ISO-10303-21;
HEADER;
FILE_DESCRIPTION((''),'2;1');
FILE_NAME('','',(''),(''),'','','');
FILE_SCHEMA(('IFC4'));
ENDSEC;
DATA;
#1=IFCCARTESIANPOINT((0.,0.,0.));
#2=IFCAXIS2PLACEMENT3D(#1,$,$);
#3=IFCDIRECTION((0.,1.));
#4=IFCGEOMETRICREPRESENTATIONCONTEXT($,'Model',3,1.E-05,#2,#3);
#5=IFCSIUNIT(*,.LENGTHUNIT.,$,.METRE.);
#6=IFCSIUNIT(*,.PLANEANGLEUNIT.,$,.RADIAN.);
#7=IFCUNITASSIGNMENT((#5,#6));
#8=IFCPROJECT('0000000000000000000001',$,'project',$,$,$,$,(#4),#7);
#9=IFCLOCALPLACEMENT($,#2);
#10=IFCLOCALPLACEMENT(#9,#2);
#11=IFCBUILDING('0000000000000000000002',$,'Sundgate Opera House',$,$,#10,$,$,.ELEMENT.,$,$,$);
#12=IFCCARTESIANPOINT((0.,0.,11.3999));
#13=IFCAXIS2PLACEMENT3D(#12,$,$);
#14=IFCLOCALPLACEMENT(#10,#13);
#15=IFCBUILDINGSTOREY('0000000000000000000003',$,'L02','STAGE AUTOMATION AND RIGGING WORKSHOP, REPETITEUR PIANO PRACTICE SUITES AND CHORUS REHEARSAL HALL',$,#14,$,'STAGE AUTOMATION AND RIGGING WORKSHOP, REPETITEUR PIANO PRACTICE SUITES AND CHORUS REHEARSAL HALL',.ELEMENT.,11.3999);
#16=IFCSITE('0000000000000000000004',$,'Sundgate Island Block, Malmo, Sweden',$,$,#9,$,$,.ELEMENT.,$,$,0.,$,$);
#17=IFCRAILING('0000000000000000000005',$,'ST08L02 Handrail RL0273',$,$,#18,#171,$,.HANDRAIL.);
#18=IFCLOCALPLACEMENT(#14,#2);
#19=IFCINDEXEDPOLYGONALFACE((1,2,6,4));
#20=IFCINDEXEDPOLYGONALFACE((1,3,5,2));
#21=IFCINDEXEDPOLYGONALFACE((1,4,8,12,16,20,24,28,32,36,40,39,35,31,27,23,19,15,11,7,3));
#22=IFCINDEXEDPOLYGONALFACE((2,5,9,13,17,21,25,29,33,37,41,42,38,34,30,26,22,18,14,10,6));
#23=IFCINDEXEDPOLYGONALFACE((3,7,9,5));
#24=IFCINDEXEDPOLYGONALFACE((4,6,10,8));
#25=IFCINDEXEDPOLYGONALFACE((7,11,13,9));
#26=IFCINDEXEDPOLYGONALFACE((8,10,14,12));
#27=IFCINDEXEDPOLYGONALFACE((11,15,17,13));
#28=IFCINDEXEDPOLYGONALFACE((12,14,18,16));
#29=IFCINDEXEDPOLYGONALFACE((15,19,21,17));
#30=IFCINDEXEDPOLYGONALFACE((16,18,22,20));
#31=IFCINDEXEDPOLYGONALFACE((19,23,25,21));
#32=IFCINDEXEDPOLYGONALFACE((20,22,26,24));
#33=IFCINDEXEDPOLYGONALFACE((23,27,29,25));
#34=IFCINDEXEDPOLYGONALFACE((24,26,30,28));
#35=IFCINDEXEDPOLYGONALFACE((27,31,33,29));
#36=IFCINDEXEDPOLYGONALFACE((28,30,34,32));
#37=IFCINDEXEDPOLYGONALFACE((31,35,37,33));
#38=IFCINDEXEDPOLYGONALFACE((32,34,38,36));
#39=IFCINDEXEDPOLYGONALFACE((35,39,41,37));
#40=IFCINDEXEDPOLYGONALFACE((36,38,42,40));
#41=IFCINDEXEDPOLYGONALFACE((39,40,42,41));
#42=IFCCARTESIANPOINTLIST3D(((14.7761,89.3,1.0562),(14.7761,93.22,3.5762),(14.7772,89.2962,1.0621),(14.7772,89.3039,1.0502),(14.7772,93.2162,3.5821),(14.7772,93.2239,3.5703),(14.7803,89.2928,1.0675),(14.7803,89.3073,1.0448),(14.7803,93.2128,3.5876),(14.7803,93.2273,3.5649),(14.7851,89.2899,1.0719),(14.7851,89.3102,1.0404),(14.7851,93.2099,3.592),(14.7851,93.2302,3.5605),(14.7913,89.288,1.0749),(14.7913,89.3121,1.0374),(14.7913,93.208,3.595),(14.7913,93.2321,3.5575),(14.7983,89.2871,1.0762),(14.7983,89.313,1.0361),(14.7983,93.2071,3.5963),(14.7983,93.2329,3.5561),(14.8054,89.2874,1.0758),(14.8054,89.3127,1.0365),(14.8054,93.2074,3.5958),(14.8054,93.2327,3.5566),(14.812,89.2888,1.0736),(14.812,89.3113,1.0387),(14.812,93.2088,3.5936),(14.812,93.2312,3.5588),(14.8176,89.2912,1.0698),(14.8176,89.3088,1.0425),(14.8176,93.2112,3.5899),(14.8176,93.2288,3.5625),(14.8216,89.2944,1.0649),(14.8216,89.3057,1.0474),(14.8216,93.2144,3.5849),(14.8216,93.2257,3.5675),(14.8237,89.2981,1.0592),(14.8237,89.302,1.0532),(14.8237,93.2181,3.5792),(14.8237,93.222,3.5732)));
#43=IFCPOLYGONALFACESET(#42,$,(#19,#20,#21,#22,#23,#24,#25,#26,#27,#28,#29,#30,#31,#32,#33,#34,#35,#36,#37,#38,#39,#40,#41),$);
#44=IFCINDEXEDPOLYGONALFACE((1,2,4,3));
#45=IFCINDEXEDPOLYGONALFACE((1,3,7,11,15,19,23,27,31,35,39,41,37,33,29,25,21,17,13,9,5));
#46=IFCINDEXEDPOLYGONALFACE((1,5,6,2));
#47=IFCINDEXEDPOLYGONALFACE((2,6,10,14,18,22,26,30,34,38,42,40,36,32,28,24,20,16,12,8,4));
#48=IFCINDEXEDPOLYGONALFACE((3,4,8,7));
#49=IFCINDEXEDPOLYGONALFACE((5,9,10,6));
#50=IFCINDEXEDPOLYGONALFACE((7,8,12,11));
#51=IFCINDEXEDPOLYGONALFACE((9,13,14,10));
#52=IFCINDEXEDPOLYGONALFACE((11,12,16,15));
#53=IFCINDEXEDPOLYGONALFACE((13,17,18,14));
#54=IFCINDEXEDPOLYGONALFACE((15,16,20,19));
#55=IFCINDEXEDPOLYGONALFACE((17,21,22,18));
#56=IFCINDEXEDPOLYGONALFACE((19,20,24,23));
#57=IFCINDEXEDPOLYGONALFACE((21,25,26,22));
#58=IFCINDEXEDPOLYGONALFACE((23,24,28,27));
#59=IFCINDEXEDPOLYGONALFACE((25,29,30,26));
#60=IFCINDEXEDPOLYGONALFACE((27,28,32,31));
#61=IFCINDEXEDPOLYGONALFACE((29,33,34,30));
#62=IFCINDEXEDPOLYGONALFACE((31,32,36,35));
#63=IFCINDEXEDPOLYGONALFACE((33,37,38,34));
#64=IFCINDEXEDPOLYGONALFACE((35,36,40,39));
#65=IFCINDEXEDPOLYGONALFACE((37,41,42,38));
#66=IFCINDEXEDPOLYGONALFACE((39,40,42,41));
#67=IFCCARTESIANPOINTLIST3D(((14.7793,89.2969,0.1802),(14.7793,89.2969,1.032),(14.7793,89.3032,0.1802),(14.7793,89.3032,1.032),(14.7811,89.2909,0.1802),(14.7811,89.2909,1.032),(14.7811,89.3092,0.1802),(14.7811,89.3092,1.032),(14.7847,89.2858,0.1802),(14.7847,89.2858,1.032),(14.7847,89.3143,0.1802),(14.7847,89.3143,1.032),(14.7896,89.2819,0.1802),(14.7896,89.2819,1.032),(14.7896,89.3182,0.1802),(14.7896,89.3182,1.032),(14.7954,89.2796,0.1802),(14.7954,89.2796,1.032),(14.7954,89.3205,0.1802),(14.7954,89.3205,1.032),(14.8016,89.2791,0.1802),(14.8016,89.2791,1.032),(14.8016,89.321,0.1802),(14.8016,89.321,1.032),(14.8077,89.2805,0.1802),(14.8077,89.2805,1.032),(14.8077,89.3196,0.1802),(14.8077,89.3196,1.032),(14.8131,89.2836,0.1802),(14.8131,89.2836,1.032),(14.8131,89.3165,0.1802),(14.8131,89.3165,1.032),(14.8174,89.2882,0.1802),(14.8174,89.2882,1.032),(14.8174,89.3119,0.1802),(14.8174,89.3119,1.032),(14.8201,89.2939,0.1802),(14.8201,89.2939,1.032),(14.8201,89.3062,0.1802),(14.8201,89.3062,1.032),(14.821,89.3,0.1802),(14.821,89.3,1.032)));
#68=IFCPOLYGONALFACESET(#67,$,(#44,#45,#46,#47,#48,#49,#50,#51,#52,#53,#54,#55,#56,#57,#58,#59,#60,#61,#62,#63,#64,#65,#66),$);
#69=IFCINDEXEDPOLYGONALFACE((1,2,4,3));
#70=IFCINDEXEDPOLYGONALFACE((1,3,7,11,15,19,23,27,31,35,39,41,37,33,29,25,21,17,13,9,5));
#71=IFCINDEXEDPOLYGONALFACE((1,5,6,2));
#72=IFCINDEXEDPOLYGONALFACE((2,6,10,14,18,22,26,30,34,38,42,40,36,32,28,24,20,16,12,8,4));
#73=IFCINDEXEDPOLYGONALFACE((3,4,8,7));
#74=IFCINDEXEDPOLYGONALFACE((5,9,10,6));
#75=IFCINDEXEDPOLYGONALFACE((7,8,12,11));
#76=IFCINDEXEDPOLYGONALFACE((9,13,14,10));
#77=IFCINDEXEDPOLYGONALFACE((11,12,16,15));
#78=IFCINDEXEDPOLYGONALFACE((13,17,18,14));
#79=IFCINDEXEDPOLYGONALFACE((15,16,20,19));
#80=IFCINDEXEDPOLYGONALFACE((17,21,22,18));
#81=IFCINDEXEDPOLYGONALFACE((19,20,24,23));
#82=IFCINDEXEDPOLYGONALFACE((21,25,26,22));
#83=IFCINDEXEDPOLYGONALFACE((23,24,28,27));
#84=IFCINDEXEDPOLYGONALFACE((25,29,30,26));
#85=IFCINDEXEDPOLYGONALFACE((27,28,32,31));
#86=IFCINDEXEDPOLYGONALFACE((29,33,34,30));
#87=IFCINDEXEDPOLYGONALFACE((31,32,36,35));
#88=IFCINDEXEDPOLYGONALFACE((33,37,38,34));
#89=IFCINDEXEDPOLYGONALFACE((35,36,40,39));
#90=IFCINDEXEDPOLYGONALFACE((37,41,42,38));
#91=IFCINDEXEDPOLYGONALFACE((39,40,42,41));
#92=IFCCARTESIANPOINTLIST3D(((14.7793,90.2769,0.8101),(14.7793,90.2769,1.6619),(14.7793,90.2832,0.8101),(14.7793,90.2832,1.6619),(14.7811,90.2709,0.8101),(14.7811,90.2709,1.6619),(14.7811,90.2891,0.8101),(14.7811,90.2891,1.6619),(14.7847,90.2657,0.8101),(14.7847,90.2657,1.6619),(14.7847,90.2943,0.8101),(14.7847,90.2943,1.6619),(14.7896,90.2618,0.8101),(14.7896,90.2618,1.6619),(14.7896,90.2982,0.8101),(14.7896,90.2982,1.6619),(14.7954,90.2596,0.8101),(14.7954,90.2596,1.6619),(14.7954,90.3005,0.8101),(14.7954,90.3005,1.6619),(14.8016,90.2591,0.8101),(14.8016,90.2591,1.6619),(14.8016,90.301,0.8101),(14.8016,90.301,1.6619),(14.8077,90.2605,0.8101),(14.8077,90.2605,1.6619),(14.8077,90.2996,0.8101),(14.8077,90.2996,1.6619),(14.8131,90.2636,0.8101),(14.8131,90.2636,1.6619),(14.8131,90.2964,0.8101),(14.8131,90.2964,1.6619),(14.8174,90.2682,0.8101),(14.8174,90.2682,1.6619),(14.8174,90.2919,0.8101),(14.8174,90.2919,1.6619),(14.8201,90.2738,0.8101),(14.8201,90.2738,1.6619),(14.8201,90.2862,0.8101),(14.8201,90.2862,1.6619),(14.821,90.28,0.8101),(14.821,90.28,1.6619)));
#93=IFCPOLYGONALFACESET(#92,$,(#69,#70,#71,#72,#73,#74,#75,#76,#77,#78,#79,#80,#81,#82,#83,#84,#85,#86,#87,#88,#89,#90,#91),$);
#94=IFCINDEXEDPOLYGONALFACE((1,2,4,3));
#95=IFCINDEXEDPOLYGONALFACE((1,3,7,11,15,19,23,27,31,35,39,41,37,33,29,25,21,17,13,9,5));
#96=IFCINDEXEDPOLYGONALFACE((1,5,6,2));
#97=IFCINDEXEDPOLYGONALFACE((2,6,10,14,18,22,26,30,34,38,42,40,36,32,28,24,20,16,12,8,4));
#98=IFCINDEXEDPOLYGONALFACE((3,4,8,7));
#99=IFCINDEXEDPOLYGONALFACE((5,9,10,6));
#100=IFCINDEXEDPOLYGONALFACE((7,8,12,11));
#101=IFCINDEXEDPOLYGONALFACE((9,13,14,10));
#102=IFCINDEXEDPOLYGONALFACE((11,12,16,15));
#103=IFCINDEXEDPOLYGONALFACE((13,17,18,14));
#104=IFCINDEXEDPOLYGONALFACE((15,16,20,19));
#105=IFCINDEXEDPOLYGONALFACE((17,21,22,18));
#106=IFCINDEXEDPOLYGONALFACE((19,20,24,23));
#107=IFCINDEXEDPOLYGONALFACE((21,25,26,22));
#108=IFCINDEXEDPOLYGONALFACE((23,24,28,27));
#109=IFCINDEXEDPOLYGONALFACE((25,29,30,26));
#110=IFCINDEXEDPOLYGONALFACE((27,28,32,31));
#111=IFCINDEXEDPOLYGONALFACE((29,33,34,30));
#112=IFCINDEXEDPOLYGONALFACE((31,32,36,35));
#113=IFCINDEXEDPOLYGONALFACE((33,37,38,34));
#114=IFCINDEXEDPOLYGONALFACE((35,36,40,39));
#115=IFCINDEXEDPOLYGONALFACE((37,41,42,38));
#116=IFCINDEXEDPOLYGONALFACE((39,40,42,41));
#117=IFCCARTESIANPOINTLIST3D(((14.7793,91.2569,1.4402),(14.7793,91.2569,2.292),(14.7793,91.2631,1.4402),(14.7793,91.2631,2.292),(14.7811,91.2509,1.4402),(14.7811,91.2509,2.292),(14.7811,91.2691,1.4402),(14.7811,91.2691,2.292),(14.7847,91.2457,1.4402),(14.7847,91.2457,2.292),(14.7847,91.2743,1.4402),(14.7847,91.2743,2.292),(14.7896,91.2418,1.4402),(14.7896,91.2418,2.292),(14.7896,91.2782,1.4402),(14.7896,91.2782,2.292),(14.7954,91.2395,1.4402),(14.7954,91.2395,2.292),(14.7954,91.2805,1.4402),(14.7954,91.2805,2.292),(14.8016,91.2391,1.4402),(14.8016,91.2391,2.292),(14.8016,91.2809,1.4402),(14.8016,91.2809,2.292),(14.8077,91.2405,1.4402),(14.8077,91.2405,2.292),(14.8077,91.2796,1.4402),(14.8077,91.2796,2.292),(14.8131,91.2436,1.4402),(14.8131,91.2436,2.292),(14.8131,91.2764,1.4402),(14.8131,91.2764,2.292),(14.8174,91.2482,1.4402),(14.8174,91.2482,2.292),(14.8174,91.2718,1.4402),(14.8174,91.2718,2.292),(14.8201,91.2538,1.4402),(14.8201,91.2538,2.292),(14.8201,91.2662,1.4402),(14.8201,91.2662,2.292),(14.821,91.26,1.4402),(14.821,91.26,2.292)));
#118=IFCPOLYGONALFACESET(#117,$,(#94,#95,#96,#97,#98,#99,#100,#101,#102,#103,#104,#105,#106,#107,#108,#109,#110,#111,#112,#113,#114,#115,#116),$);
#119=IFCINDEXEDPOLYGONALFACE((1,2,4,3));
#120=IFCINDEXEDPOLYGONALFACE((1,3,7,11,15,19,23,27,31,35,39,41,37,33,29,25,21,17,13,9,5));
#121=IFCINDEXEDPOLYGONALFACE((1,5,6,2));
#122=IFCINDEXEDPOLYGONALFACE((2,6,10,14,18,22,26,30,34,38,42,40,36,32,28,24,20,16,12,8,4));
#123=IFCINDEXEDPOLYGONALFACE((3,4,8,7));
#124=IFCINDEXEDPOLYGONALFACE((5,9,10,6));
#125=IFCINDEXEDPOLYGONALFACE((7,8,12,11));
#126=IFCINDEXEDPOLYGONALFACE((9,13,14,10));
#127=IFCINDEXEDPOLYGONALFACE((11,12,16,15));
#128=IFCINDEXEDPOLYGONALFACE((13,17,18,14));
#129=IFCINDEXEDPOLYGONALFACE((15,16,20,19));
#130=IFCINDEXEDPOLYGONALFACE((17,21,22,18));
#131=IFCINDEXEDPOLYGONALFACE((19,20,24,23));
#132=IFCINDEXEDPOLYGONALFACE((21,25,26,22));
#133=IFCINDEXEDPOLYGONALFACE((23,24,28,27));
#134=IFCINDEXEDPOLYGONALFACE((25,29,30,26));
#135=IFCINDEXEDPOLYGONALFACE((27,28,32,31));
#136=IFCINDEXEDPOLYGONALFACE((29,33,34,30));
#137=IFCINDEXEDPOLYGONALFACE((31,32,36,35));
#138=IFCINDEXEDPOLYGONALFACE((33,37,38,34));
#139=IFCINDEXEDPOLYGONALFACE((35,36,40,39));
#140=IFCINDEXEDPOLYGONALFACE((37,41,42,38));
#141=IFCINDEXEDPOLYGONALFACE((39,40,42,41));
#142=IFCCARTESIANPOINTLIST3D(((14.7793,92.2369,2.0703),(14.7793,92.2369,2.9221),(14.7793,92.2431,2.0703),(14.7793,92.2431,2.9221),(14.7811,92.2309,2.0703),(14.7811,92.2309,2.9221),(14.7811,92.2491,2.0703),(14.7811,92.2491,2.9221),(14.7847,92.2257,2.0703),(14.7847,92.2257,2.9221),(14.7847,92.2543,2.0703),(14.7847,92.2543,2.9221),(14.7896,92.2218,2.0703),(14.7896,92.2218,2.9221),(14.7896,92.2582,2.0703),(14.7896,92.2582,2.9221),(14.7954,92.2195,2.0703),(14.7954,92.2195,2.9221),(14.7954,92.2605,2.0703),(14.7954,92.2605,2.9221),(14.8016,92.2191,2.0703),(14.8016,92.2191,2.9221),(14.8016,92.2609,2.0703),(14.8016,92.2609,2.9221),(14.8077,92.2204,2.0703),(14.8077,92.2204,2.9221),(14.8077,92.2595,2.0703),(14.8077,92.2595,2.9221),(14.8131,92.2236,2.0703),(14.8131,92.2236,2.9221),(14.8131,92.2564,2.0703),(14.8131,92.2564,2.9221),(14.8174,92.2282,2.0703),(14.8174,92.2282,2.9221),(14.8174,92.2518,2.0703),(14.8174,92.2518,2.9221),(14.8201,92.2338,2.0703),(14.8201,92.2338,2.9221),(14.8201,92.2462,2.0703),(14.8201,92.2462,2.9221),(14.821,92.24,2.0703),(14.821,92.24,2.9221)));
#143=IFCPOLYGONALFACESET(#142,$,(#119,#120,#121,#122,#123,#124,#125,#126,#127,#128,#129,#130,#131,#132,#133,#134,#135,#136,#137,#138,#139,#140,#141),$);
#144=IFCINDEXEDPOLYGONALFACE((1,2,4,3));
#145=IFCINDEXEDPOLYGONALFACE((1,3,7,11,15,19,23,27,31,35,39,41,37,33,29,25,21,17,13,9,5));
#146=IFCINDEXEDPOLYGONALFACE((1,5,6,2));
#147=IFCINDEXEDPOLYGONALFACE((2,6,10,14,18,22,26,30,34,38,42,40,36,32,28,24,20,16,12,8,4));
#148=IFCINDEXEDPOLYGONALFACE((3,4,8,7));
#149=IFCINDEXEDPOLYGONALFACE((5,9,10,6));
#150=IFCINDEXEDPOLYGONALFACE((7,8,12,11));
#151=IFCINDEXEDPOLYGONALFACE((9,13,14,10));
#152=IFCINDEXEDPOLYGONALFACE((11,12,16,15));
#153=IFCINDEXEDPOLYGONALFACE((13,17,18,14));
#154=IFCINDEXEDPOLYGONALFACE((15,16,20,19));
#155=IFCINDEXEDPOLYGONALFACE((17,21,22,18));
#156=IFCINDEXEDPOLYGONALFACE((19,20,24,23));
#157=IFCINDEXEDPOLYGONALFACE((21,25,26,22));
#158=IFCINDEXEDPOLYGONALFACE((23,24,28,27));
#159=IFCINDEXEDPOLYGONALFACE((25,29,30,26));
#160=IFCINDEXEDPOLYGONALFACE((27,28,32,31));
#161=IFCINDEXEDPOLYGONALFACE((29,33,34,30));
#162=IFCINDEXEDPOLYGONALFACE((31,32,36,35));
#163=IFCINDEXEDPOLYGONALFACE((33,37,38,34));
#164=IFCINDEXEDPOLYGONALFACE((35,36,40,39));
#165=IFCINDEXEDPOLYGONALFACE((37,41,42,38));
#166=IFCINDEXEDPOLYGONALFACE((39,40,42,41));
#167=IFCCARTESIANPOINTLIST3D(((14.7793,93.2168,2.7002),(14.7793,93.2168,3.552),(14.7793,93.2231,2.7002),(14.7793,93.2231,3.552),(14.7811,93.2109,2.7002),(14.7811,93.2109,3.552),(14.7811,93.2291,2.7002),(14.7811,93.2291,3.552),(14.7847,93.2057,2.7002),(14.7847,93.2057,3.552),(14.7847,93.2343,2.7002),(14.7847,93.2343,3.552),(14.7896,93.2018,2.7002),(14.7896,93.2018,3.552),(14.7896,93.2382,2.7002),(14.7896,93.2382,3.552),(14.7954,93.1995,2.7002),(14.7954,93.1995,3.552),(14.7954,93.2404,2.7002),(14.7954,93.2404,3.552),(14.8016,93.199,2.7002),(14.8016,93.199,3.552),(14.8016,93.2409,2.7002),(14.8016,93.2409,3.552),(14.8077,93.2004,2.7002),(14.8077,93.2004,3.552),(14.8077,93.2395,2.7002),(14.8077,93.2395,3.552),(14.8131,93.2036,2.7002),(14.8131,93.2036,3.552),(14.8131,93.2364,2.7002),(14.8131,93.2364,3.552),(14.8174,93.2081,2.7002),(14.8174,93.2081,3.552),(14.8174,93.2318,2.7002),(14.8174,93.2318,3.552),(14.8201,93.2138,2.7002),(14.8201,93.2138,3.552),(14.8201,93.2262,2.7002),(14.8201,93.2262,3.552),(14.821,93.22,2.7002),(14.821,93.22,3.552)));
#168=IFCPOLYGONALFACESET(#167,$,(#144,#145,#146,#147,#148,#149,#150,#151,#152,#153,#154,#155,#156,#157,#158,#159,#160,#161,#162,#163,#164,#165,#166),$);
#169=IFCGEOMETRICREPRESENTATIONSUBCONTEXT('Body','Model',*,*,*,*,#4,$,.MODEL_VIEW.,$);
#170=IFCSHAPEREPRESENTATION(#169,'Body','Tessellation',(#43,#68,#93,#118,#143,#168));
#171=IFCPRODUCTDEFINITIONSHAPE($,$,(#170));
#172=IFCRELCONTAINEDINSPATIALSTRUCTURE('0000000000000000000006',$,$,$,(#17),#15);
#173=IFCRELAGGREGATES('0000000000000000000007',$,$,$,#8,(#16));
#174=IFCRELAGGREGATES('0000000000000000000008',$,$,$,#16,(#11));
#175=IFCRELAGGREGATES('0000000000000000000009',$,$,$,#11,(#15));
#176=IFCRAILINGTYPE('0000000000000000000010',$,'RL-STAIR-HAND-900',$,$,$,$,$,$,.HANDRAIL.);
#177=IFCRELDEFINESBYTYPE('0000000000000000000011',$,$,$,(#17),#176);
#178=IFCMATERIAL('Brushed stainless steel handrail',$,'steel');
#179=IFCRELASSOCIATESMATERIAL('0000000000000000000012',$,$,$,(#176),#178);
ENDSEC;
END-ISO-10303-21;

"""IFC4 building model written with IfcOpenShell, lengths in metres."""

from ifc_helpers import new_model, si_unit, direction, frame, origin, origin_2d, place, context, subcontext, project, spatial, circle, extrude, material, type_object, element, save


model = new_model("IFC4")

# Units and contexts
model_context = context("Model", 3, precision=1e-05, world=origin(), true_north=direction((0.0, 1.0)))
body_context = subcontext(model_context, "Body", "Model", "MODEL_VIEW")
ifc_project = project(units=[si_unit("LENGTHUNIT", "METRE"), si_unit("PLANEANGLEUNIT", "RADIAN")], contexts=[model_context])

# Site, building, storey
site_placement = place(None, origin())
site = spatial("IfcSite", under=ifc_project, at=site_placement, Name="Sundgate Island Block, Malmo, Sweden", CompositionType="ELEMENT", RefElevation=0.0)
building_placement = place(site_placement, origin())
building = spatial("IfcBuilding", under=site, at=building_placement, Name="Sundgate Opera House", CompositionType="ELEMENT")
storey_placement = place(building_placement, frame((0.0, 0.0, 11.3999)))
storey = spatial("IfcBuildingStorey", under=building, at=storey_placement, Name="L02", Description="STAGE AUTOMATION AND RIGGING WORKSHOP, REPETITEUR PIANO PRACTICE SUITES AND CHORUS REHEARSAL HALL", LongName="STAGE AUTOMATION AND RIGGING WORKSHOP, REPETITEUR PIANO PRACTICE SUITES AND CHORUS REHEARSAL HALL", CompositionType="ELEMENT", Elevation=11.3999)

# Railing
ifc_material_1 = material(Name="Brushed stainless steel handrail", Category="steel")
railing_type_1 = type_object("IfcRailingType", Name="RL-STAIR-HAND-900", PredefinedType="HANDRAIL", material=ifc_material_1)
railing_1_placement = place(storey_placement, frame((14.8, 89.3, 0.1802)))
element("IfcRailing", 1, at=railing_1_placement, inside=storey, type_object=railing_type_1, Name="ST08L02 Handrail RL0273", PredefinedType="HANDRAIL", context=body_context, shape_type="SweptSolid", body=[
    extrude(circle(Radius=0.0239, at=origin_2d()), frame((0.0, 0.0, 0.876), z_axis=(0.0, 0.841172, 0.540768), x_axis=(-1.0, 0.0, 0.0)), (0.0, 0.0, 1.0), 4.6602),
    extrude(circle(Radius=0.021, at=origin_2d()), origin(), (0.0, 0.0, 1.0), 0.8518),
    extrude(circle(Radius=0.021, at=origin_2d()), frame((0.0, 0.98, 0.6299)), (0.0, 0.0, 1.0), 0.8518),
    extrude(circle(Radius=0.021, at=origin_2d()), frame((0.0, 1.96, 1.26)), (0.0, 0.0, 1.0), 0.8518),
    extrude(circle(Radius=0.021, at=origin_2d()), frame((0.0, 2.9399, 1.8901)), (0.0, 0.0, 1.0), 0.8518),
    extrude(circle(Radius=0.021, at=origin_2d()), frame((0.0, 3.9199, 2.52)), (0.0, 0.0, 1.0), 0.8518),
])

save(model, "model.ifc")
